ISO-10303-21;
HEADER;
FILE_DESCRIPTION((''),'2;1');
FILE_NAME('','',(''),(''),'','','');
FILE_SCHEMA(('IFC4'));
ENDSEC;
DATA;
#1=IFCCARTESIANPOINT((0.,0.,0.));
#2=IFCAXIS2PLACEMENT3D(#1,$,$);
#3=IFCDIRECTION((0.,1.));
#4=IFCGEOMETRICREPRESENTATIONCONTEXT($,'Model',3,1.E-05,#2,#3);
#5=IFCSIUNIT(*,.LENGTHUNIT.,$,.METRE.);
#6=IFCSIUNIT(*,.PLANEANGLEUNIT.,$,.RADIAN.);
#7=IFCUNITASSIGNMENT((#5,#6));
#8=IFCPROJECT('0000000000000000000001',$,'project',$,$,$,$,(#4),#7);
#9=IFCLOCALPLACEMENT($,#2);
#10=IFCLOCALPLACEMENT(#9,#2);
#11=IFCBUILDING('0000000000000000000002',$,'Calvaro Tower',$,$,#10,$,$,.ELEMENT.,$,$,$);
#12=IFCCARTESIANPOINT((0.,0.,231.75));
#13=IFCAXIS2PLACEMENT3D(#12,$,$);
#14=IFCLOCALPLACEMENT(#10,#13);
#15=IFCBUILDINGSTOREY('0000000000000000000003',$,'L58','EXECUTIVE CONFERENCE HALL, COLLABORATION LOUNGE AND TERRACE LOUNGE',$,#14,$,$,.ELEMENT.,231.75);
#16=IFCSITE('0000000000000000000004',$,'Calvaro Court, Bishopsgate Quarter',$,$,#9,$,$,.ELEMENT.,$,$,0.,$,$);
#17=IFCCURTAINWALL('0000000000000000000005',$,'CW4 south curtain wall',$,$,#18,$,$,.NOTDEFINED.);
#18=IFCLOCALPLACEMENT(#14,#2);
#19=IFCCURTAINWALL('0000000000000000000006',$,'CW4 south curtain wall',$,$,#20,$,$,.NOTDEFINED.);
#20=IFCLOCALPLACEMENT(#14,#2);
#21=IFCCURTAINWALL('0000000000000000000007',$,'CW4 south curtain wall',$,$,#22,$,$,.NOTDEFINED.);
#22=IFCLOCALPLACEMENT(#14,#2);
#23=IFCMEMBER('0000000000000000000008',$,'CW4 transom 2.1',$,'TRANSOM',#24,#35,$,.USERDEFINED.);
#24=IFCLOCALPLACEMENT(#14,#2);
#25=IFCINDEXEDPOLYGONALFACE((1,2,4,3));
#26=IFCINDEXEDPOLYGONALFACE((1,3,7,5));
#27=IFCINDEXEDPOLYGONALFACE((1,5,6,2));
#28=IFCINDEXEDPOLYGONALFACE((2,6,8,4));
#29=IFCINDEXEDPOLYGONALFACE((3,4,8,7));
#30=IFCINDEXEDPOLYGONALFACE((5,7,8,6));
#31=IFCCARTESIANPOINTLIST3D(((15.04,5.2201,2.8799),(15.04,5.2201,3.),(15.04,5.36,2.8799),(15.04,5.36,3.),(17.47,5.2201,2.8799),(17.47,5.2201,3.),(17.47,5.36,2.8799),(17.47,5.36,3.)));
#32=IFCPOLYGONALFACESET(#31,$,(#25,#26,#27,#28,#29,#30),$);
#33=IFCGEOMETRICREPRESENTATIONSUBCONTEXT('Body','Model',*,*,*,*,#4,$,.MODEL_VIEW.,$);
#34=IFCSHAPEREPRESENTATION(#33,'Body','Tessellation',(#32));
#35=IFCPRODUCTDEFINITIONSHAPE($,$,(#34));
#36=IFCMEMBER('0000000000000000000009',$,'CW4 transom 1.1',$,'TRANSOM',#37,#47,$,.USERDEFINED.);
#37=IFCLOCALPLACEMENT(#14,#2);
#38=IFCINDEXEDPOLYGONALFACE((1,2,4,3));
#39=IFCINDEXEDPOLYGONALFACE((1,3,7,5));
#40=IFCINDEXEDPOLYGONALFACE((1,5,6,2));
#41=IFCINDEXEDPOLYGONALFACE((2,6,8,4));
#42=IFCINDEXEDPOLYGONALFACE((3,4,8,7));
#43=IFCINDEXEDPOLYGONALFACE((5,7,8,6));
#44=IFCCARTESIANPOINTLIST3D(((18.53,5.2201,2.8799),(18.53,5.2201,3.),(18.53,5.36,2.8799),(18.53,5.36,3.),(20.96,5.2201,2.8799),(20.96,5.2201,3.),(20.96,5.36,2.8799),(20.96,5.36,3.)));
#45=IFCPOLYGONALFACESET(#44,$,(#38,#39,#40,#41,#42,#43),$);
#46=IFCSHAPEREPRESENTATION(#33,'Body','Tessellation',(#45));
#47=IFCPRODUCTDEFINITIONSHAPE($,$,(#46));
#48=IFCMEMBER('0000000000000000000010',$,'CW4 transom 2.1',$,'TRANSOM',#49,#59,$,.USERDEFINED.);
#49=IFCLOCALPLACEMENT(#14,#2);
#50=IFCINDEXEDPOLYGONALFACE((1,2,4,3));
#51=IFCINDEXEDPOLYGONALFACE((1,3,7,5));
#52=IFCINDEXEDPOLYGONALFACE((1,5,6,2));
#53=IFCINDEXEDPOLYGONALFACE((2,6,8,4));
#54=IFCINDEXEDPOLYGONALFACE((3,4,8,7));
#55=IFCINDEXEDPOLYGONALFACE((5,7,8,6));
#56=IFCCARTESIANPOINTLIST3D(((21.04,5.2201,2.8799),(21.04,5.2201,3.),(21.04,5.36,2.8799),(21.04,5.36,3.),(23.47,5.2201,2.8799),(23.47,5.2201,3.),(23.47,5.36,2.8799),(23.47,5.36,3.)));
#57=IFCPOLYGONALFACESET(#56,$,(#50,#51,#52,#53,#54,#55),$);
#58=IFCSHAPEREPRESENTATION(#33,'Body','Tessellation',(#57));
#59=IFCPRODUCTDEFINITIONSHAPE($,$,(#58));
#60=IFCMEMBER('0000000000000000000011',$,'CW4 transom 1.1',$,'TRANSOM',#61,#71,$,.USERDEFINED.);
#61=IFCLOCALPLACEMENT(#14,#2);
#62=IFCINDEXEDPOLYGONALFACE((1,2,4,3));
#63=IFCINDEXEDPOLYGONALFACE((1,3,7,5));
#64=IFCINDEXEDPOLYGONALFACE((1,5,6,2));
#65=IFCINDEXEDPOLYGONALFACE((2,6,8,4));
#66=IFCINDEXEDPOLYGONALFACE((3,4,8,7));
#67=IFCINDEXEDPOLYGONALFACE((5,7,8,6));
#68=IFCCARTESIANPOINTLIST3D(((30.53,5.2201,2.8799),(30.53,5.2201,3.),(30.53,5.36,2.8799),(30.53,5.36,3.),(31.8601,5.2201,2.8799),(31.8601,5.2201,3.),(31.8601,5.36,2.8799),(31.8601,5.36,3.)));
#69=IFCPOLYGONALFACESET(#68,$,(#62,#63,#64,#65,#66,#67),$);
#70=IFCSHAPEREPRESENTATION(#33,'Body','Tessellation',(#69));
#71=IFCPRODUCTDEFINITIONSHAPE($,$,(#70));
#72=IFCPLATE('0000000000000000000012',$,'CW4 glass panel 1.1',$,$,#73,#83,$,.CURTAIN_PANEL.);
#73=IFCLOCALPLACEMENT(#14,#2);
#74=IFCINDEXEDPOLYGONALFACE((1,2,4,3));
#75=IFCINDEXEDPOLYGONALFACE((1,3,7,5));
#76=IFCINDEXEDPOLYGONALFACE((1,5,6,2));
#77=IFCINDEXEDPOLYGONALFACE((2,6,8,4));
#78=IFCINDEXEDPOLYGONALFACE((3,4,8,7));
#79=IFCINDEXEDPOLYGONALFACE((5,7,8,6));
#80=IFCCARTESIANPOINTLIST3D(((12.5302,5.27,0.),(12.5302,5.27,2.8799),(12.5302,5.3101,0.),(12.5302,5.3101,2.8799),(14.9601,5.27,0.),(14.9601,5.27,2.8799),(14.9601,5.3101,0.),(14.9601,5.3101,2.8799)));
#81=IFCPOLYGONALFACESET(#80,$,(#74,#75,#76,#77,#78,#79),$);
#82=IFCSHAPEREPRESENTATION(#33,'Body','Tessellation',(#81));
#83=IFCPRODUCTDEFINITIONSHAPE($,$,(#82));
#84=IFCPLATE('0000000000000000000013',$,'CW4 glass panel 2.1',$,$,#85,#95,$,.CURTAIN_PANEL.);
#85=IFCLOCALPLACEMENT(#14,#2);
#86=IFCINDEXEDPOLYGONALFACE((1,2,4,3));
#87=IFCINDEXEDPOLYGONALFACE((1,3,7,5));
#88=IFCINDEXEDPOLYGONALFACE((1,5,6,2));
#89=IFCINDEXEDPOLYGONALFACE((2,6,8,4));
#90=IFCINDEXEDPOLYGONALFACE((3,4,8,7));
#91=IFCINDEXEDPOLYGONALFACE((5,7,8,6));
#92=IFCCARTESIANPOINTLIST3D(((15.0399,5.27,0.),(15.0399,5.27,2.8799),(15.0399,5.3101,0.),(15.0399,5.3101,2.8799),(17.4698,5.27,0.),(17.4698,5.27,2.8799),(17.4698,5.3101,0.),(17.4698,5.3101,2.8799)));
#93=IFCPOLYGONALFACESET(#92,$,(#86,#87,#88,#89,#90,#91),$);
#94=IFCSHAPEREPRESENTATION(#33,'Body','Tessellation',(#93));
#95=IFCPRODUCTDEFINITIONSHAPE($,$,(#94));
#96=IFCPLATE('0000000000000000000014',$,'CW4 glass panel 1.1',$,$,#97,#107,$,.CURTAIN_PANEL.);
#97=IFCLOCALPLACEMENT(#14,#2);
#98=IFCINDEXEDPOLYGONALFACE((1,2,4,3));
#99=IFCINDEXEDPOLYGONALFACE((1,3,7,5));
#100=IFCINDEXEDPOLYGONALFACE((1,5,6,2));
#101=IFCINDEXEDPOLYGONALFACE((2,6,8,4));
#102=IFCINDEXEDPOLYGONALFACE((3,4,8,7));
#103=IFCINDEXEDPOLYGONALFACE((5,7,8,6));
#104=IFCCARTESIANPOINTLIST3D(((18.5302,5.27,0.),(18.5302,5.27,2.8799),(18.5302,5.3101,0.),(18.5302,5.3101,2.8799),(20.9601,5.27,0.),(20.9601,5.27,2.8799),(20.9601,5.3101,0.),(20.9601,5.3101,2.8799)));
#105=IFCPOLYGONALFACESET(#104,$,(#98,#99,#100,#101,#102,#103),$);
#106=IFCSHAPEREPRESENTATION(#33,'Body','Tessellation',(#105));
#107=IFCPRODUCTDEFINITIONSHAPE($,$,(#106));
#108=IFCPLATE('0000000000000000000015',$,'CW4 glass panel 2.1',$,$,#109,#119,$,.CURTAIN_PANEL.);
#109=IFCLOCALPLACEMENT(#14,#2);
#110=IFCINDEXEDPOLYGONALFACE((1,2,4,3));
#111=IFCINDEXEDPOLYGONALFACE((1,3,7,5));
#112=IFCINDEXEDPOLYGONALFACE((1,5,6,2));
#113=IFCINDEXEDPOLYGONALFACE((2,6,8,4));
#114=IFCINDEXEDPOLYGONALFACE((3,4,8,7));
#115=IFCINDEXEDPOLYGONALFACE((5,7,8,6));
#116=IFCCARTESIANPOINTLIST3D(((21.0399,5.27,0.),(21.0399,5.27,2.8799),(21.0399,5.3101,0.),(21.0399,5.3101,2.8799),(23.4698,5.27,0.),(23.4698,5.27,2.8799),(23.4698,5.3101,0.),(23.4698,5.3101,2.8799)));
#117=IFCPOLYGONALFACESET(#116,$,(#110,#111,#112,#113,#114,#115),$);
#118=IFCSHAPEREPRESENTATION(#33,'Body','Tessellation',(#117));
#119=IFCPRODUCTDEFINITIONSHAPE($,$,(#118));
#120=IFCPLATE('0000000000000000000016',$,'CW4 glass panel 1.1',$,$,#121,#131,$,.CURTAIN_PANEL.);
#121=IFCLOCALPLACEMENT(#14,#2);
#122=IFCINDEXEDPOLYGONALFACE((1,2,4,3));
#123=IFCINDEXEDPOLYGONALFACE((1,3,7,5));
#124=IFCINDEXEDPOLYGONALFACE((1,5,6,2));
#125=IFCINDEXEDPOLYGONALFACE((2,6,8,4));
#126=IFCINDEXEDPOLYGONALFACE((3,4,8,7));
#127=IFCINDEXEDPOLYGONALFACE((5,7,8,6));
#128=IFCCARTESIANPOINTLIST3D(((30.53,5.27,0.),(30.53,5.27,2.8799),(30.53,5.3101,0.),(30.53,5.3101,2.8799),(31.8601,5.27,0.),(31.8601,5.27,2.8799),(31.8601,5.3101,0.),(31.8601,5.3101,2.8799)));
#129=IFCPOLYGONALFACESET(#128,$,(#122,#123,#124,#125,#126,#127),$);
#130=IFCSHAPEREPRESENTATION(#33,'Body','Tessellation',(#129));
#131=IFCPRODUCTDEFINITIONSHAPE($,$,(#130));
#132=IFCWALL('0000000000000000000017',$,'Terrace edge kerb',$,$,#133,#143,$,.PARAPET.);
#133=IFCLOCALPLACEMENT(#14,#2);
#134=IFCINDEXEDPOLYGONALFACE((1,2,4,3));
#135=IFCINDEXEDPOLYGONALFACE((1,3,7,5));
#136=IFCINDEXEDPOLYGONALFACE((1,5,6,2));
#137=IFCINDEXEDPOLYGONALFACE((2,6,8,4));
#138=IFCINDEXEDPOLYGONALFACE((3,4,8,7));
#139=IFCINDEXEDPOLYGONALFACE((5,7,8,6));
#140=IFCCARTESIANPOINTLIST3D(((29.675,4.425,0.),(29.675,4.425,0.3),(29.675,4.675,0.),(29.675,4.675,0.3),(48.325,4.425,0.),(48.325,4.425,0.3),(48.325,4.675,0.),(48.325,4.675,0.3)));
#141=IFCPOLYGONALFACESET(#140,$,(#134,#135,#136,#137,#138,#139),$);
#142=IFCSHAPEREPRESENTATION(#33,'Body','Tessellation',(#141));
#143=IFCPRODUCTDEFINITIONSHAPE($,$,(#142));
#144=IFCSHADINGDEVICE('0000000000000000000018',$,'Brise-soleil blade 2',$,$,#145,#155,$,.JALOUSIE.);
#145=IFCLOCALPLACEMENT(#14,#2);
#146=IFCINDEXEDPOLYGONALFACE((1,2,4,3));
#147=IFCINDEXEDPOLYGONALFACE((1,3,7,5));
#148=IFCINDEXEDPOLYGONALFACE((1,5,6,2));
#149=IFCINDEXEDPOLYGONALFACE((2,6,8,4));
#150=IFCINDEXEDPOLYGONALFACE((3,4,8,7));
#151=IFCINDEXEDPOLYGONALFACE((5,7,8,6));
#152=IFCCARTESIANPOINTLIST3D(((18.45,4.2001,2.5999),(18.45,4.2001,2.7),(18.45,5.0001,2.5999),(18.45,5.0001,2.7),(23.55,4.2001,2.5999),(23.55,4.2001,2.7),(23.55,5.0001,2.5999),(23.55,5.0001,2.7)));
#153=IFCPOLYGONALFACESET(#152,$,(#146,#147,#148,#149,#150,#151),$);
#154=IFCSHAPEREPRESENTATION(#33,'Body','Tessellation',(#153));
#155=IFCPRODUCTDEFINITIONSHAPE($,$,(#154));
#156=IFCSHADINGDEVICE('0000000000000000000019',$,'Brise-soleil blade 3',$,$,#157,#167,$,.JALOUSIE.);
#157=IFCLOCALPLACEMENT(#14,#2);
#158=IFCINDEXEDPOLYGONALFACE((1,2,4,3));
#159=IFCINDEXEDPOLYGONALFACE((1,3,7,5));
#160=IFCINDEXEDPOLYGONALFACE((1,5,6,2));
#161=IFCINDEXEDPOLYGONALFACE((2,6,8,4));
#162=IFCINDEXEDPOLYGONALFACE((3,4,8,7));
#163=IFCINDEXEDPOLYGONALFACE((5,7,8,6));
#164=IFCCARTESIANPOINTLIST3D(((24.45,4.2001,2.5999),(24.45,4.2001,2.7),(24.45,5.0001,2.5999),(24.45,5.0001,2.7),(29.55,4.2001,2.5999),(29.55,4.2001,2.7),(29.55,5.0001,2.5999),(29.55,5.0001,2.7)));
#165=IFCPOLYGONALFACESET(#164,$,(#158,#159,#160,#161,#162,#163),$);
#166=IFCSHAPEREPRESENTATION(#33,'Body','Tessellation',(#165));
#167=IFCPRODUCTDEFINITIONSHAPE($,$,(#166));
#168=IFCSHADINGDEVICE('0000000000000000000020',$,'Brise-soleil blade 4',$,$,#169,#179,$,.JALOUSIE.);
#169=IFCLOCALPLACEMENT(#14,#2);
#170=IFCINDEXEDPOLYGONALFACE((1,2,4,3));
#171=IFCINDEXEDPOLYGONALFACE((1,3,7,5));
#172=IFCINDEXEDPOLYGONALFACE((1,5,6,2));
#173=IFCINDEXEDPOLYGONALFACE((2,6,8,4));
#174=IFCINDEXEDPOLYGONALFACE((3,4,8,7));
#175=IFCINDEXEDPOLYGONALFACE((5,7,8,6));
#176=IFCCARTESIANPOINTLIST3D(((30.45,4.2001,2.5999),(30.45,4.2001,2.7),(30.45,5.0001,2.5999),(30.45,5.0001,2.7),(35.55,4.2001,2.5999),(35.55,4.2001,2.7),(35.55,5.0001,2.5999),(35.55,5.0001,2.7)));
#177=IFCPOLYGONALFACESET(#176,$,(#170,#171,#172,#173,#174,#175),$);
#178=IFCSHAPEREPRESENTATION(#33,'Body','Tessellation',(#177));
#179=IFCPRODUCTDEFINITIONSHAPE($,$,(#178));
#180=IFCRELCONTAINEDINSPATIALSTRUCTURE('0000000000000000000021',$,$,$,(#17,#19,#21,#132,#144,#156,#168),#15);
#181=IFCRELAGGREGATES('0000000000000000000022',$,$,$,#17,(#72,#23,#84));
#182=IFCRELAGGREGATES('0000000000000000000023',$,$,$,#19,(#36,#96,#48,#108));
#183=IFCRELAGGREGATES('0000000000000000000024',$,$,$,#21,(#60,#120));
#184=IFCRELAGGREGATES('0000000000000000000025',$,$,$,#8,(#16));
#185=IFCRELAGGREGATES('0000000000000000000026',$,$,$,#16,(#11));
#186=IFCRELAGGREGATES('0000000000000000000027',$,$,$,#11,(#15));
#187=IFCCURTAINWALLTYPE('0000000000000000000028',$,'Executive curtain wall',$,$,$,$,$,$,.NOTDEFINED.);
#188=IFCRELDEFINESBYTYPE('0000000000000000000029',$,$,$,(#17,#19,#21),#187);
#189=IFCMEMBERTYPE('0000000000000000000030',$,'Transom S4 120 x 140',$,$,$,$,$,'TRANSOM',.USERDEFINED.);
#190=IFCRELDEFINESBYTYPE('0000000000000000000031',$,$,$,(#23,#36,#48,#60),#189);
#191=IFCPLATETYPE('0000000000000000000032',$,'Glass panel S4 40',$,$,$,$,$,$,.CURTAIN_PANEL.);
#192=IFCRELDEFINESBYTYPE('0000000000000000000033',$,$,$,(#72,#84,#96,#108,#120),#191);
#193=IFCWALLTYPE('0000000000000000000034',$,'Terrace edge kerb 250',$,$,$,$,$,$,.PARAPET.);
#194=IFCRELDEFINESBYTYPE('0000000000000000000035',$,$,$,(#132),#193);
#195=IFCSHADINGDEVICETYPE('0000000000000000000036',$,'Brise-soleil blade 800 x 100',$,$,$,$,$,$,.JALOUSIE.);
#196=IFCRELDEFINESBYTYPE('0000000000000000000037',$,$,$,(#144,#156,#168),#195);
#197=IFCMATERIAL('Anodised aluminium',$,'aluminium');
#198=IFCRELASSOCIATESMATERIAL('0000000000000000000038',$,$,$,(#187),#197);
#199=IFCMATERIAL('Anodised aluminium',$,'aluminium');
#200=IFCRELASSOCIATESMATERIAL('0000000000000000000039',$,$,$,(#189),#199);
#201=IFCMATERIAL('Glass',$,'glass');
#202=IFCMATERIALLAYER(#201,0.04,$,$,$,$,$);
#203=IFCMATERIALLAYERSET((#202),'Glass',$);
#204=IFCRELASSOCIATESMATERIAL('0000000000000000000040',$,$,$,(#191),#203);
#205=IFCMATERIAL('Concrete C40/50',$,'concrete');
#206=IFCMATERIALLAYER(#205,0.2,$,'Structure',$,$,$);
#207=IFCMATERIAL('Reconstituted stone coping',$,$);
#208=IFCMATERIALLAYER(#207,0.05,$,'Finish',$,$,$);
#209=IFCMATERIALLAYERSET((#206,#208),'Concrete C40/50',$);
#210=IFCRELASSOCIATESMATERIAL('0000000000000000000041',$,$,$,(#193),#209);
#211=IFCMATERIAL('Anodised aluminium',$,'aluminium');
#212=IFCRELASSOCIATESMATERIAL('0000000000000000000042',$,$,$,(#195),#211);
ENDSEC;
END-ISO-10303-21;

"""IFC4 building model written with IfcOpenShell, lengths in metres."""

from ifc_helpers import new_model, si_unit, direction, frame, frame_2d, origin, origin_2d, place, context, subcontext, project, spatial, rectangle, extrude, material, layer, layer_set, material_profile, profile_set, type_object, element, aggregate, save


model = new_model("IFC4")

# Units and contexts
model_context = context("Model", 3, precision=1e-05, world=origin(), true_north=direction((0.0, 1.0)))
body_context = subcontext(model_context, "Body", "Model", "MODEL_VIEW")
ifc_project = project(units=[si_unit("LENGTHUNIT", "METRE"), si_unit("PLANEANGLEUNIT", "RADIAN")], contexts=[model_context])

# Site, building, storey
site_placement = place(None, origin())
site = spatial("IfcSite", under=ifc_project, at=site_placement, Name="Calvaro Court, Bishopsgate Quarter", CompositionType="ELEMENT", RefElevation=0.0)
building_placement = place(site_placement, origin())
building = spatial("IfcBuilding", under=site, at=building_placement, Name="Calvaro Tower", CompositionType="ELEMENT")
storey_placement = place(building_placement, frame((0.0, 0.0, 231.75)))
storey = spatial("IfcBuildingStorey", under=building, at=storey_placement, Name="L58", Description="EXECUTIVE CONFERENCE HALL, COLLABORATION LOUNGE AND TERRACE LOUNGE", CompositionType="ELEMENT", Elevation=231.75)

# Curtain walls
ifc_material_1 = material(Name="Anodised aluminium", Category="aluminium")
curtain_wall_type = type_object("IfcCurtainWallType", Name="Executive curtain wall", PredefinedType="NOTDEFINED", material=ifc_material_1)
curtain_wall_1_placement = place(storey_placement, origin())
curtain_wall_1 = element("IfcCurtainWall", 1, at=curtain_wall_1_placement, inside=storey, type_object=curtain_wall_type, Name="CW4 south curtain wall", PredefinedType="NOTDEFINED")
curtain_wall_2_placement = place(storey_placement, origin())
curtain_wall_2 = element("IfcCurtainWall", 2, at=curtain_wall_2_placement, inside=storey, type_object=curtain_wall_type, Name="CW4 south curtain wall", PredefinedType="NOTDEFINED")

# Curtain wall
curtain_wall_3_placement = place(storey_placement, origin())
curtain_wall_3 = element("IfcCurtainWall", 3, at=curtain_wall_3_placement, inside=storey, type_object=curtain_wall_type, Name="CW4 south curtain wall", PredefinedType="NOTDEFINED")

# Members
ifc_material_2 = material(Name="Anodised aluminium", Category="aluminium")
ifc_material_profile_1 = material_profile(ifc_material_2, rectangle(XDim=0.1399, YDim=0.1201, at=origin_2d()), Name="Transom S4 120 x 140")
ifc_profile_set_1 = profile_set([ifc_material_profile_1], Name="Anodised aluminium")
member_type_1 = type_object("IfcMemberType", Name="Transom S4 120 x 140", ElementType="TRANSOM", PredefinedType="USERDEFINED", material=ifc_profile_set_1)
member_1_placement = place(storey_placement, frame((15.04, 5.29, 2.9399), z_axis=(1.0, 0.0, 0.0), x_axis=(0.0, 1.0, 0.0)))
member_1 = element("IfcMember", 4, at=member_1_placement, type_object=member_type_1, Name="CW4 transom 2.1", ObjectType="TRANSOM", PredefinedType="USERDEFINED", context=body_context, shape_type="SweptSolid", body=[
    extrude(rectangle(XDim=0.1399, YDim=0.1201, at=origin_2d()), origin(), (0.0, 0.0, 1.0), 2.4299),
])
member_2_placement = place(storey_placement, frame((18.53, 5.29, 2.9399), z_axis=(1.0, 0.0, 0.0), x_axis=(0.0, 1.0, 0.0)))
member_2 = element("IfcMember", 5, at=member_2_placement, type_object=member_type_1, Name="CW4 transom 1.1", ObjectType="TRANSOM", PredefinedType="USERDEFINED", context=body_context, shape_type="SweptSolid", body=[
    extrude(rectangle(XDim=0.1399, YDim=0.1201, at=origin_2d()), origin(), (0.0, 0.0, 1.0), 2.4299),
])
member_3_placement = place(storey_placement, frame((21.04, 5.29, 2.9399), z_axis=(1.0, 0.0, 0.0), x_axis=(0.0, 1.0, 0.0)))
member_3 = element("IfcMember", 6, at=member_3_placement, type_object=member_type_1, Name="CW4 transom 2.1", ObjectType="TRANSOM", PredefinedType="USERDEFINED", context=body_context, shape_type="SweptSolid", body=[
    extrude(rectangle(XDim=0.1399, YDim=0.1201, at=origin_2d()), origin(), (0.0, 0.0, 1.0), 2.4299),
])
member_4_placement = place(storey_placement, frame((30.53, 5.29, 2.9399), z_axis=(1.0, 0.0, 0.0), x_axis=(0.0, 1.0, 0.0)))
member_4 = element("IfcMember", 7, at=member_4_placement, type_object=member_type_1, Name="CW4 transom 1.1", ObjectType="TRANSOM", PredefinedType="USERDEFINED", context=body_context, shape_type="SweptSolid", body=[
    extrude(rectangle(XDim=0.1399, YDim=0.1201, at=origin_2d()), origin(), (0.0, 0.0, 1.0), 1.3301),
])

# Plates
ifc_material_3 = material(Name="Glass", Category="glass")
ifc_layer_1 = layer(ifc_material_3, 0.04)
ifc_layer_set_1 = layer_set([ifc_layer_1], Name="Glass")
plate_type = type_object("IfcPlateType", Name="Glass panel S4 40", PredefinedType="CURTAIN_PANEL", material=ifc_layer_set_1)
plate_1_placement = place(storey_placement, frame((13.7451, 5.29, 0.0), z_axis=(0.0, 0.0, 1.0), x_axis=(1.0, 0.0, 0.0)))
plate_1 = element("IfcPlate", 8, at=plate_1_placement, type_object=plate_type, Name="CW4 glass panel 1.1", PredefinedType="CURTAIN_PANEL", context=body_context, shape_type="SweptSolid", body=[
    extrude(rectangle(XDim=2.4299, YDim=0.04, at=origin_2d()), origin(), (0.0, 0.0, 1.0), 2.8799),
])
plate_2_placement = place(storey_placement, frame((16.2549, 5.29, 0.0), z_axis=(0.0, 0.0, 1.0), x_axis=(1.0, 0.0, 0.0)))
plate_2 = element("IfcPlate", 9, at=plate_2_placement, type_object=plate_type, Name="CW4 glass panel 2.1", PredefinedType="CURTAIN_PANEL", context=body_context, shape_type="SweptSolid", body=[
    extrude(rectangle(XDim=2.4299, YDim=0.04, at=origin_2d()), origin(), (0.0, 0.0, 1.0), 2.8799),
])
aggregate(curtain_wall_1, [plate_1, member_1, plate_2])
plate_3_placement = place(storey_placement, frame((19.7451, 5.29, 0.0), z_axis=(0.0, 0.0, 1.0), x_axis=(1.0, 0.0, 0.0)))
plate_3 = element("IfcPlate", 10, at=plate_3_placement, type_object=plate_type, Name="CW4 glass panel 1.1", PredefinedType="CURTAIN_PANEL", context=body_context, shape_type="SweptSolid", body=[
    extrude(rectangle(XDim=2.4299, YDim=0.04, at=origin_2d()), origin(), (0.0, 0.0, 1.0), 2.8799),
])
plate_4_placement = place(storey_placement, frame((22.2549, 5.29, 0.0), z_axis=(0.0, 0.0, 1.0), x_axis=(1.0, 0.0, 0.0)))
plate_4 = element("IfcPlate", 11, at=plate_4_placement, type_object=plate_type, Name="CW4 glass panel 2.1", PredefinedType="CURTAIN_PANEL", context=body_context, shape_type="SweptSolid", body=[
    extrude(rectangle(XDim=2.4299, YDim=0.04, at=origin_2d()), origin(), (0.0, 0.0, 1.0), 2.8799),
])
aggregate(curtain_wall_2, [member_2, plate_3, member_3, plate_4])
plate_5_placement = place(storey_placement, frame((31.1951, 5.29, 0.0), z_axis=(0.0, 0.0, 1.0), x_axis=(1.0, 0.0, 0.0)))
plate_5 = element("IfcPlate", 12, at=plate_5_placement, type_object=plate_type, Name="CW4 glass panel 1.1", PredefinedType="CURTAIN_PANEL", context=body_context, shape_type="SweptSolid", body=[
    extrude(rectangle(XDim=1.3301, YDim=0.04, at=origin_2d()), origin(), (0.0, 0.0, 1.0), 2.8799),
])
aggregate(curtain_wall_3, [member_4, plate_5])

# Wall
ifc_material_4 = material(Name="Concrete C40/50", Category="concrete")
ifc_layer_2 = layer(ifc_material_4, 0.2, Name="Structure")
ifc_material_5 = material(Name="Reconstituted stone coping")
ifc_layer_3 = layer(ifc_material_5, 0.05, Name="Finish")
ifc_layer_set_2 = layer_set([ifc_layer_2, ifc_layer_3], Name="Concrete C40/50")
wall_type = type_object("IfcWallType", Name="Terrace edge kerb 250", PredefinedType="PARAPET", material=ifc_layer_set_2)
wall_placement = place(storey_placement, frame((29.675, 4.55, 0.0), z_axis=(0.0, 0.0, 1.0), x_axis=(1.0, 0.0, 0.0)))
element("IfcWall", 13, at=wall_placement, inside=storey, type_object=wall_type, Name="Terrace edge kerb", PredefinedType="PARAPET", context=body_context, shape_type="SweptSolid", body=[
    extrude(rectangle(XDim=18.6499, YDim=0.25, at=frame_2d((9.325, 0.0))), origin(), (0.0, 0.0, 1.0), 0.3),
])

# Shading devices
ifc_material_6 = material(Name="Anodised aluminium", Category="aluminium")
ifc_material_profile_2 = material_profile(ifc_material_6, rectangle(XDim=0.8, YDim=0.1001, at=origin_2d()), Name="Brise-soleil blade 800 x 100")
ifc_profile_set_2 = profile_set([ifc_material_profile_2], Name="Anodised aluminium")
shading_device_type_1 = type_object("IfcShadingDeviceType", Name="Brise-soleil blade 800 x 100", PredefinedType="JALOUSIE", material=ifc_profile_set_2)
for number, where, z_axis, x_axis, name in (
    (14, (18.45, 4.6001, 2.6499), (1.0, 0.0, 0.0), (0.0, 1.0, 0.0), "Brise-soleil blade 2"),
    (15, (24.45, 4.6001, 2.6499), (1.0, 0.0, 0.0), (0.0, 1.0, 0.0), "Brise-soleil blade 3"),
    (16, (30.45, 4.6001, 2.6499), (1.0, 0.0, 0.0), (0.0, 1.0, 0.0), "Brise-soleil blade 4"),
):
    element("IfcShadingDevice", number, at=place(storey_placement, frame(where, z_axis=z_axis, x_axis=x_axis)), inside=storey, type_object=shading_device_type_1, Name=name, PredefinedType="JALOUSIE", context=body_context, shape_type="SweptSolid", body=[
        extrude(rectangle(XDim=0.8, YDim=0.1001, at=origin_2d()), origin(), (0.0, 0.0, 1.0), 5.1001),
    ])

save(model, "model.ifc")
